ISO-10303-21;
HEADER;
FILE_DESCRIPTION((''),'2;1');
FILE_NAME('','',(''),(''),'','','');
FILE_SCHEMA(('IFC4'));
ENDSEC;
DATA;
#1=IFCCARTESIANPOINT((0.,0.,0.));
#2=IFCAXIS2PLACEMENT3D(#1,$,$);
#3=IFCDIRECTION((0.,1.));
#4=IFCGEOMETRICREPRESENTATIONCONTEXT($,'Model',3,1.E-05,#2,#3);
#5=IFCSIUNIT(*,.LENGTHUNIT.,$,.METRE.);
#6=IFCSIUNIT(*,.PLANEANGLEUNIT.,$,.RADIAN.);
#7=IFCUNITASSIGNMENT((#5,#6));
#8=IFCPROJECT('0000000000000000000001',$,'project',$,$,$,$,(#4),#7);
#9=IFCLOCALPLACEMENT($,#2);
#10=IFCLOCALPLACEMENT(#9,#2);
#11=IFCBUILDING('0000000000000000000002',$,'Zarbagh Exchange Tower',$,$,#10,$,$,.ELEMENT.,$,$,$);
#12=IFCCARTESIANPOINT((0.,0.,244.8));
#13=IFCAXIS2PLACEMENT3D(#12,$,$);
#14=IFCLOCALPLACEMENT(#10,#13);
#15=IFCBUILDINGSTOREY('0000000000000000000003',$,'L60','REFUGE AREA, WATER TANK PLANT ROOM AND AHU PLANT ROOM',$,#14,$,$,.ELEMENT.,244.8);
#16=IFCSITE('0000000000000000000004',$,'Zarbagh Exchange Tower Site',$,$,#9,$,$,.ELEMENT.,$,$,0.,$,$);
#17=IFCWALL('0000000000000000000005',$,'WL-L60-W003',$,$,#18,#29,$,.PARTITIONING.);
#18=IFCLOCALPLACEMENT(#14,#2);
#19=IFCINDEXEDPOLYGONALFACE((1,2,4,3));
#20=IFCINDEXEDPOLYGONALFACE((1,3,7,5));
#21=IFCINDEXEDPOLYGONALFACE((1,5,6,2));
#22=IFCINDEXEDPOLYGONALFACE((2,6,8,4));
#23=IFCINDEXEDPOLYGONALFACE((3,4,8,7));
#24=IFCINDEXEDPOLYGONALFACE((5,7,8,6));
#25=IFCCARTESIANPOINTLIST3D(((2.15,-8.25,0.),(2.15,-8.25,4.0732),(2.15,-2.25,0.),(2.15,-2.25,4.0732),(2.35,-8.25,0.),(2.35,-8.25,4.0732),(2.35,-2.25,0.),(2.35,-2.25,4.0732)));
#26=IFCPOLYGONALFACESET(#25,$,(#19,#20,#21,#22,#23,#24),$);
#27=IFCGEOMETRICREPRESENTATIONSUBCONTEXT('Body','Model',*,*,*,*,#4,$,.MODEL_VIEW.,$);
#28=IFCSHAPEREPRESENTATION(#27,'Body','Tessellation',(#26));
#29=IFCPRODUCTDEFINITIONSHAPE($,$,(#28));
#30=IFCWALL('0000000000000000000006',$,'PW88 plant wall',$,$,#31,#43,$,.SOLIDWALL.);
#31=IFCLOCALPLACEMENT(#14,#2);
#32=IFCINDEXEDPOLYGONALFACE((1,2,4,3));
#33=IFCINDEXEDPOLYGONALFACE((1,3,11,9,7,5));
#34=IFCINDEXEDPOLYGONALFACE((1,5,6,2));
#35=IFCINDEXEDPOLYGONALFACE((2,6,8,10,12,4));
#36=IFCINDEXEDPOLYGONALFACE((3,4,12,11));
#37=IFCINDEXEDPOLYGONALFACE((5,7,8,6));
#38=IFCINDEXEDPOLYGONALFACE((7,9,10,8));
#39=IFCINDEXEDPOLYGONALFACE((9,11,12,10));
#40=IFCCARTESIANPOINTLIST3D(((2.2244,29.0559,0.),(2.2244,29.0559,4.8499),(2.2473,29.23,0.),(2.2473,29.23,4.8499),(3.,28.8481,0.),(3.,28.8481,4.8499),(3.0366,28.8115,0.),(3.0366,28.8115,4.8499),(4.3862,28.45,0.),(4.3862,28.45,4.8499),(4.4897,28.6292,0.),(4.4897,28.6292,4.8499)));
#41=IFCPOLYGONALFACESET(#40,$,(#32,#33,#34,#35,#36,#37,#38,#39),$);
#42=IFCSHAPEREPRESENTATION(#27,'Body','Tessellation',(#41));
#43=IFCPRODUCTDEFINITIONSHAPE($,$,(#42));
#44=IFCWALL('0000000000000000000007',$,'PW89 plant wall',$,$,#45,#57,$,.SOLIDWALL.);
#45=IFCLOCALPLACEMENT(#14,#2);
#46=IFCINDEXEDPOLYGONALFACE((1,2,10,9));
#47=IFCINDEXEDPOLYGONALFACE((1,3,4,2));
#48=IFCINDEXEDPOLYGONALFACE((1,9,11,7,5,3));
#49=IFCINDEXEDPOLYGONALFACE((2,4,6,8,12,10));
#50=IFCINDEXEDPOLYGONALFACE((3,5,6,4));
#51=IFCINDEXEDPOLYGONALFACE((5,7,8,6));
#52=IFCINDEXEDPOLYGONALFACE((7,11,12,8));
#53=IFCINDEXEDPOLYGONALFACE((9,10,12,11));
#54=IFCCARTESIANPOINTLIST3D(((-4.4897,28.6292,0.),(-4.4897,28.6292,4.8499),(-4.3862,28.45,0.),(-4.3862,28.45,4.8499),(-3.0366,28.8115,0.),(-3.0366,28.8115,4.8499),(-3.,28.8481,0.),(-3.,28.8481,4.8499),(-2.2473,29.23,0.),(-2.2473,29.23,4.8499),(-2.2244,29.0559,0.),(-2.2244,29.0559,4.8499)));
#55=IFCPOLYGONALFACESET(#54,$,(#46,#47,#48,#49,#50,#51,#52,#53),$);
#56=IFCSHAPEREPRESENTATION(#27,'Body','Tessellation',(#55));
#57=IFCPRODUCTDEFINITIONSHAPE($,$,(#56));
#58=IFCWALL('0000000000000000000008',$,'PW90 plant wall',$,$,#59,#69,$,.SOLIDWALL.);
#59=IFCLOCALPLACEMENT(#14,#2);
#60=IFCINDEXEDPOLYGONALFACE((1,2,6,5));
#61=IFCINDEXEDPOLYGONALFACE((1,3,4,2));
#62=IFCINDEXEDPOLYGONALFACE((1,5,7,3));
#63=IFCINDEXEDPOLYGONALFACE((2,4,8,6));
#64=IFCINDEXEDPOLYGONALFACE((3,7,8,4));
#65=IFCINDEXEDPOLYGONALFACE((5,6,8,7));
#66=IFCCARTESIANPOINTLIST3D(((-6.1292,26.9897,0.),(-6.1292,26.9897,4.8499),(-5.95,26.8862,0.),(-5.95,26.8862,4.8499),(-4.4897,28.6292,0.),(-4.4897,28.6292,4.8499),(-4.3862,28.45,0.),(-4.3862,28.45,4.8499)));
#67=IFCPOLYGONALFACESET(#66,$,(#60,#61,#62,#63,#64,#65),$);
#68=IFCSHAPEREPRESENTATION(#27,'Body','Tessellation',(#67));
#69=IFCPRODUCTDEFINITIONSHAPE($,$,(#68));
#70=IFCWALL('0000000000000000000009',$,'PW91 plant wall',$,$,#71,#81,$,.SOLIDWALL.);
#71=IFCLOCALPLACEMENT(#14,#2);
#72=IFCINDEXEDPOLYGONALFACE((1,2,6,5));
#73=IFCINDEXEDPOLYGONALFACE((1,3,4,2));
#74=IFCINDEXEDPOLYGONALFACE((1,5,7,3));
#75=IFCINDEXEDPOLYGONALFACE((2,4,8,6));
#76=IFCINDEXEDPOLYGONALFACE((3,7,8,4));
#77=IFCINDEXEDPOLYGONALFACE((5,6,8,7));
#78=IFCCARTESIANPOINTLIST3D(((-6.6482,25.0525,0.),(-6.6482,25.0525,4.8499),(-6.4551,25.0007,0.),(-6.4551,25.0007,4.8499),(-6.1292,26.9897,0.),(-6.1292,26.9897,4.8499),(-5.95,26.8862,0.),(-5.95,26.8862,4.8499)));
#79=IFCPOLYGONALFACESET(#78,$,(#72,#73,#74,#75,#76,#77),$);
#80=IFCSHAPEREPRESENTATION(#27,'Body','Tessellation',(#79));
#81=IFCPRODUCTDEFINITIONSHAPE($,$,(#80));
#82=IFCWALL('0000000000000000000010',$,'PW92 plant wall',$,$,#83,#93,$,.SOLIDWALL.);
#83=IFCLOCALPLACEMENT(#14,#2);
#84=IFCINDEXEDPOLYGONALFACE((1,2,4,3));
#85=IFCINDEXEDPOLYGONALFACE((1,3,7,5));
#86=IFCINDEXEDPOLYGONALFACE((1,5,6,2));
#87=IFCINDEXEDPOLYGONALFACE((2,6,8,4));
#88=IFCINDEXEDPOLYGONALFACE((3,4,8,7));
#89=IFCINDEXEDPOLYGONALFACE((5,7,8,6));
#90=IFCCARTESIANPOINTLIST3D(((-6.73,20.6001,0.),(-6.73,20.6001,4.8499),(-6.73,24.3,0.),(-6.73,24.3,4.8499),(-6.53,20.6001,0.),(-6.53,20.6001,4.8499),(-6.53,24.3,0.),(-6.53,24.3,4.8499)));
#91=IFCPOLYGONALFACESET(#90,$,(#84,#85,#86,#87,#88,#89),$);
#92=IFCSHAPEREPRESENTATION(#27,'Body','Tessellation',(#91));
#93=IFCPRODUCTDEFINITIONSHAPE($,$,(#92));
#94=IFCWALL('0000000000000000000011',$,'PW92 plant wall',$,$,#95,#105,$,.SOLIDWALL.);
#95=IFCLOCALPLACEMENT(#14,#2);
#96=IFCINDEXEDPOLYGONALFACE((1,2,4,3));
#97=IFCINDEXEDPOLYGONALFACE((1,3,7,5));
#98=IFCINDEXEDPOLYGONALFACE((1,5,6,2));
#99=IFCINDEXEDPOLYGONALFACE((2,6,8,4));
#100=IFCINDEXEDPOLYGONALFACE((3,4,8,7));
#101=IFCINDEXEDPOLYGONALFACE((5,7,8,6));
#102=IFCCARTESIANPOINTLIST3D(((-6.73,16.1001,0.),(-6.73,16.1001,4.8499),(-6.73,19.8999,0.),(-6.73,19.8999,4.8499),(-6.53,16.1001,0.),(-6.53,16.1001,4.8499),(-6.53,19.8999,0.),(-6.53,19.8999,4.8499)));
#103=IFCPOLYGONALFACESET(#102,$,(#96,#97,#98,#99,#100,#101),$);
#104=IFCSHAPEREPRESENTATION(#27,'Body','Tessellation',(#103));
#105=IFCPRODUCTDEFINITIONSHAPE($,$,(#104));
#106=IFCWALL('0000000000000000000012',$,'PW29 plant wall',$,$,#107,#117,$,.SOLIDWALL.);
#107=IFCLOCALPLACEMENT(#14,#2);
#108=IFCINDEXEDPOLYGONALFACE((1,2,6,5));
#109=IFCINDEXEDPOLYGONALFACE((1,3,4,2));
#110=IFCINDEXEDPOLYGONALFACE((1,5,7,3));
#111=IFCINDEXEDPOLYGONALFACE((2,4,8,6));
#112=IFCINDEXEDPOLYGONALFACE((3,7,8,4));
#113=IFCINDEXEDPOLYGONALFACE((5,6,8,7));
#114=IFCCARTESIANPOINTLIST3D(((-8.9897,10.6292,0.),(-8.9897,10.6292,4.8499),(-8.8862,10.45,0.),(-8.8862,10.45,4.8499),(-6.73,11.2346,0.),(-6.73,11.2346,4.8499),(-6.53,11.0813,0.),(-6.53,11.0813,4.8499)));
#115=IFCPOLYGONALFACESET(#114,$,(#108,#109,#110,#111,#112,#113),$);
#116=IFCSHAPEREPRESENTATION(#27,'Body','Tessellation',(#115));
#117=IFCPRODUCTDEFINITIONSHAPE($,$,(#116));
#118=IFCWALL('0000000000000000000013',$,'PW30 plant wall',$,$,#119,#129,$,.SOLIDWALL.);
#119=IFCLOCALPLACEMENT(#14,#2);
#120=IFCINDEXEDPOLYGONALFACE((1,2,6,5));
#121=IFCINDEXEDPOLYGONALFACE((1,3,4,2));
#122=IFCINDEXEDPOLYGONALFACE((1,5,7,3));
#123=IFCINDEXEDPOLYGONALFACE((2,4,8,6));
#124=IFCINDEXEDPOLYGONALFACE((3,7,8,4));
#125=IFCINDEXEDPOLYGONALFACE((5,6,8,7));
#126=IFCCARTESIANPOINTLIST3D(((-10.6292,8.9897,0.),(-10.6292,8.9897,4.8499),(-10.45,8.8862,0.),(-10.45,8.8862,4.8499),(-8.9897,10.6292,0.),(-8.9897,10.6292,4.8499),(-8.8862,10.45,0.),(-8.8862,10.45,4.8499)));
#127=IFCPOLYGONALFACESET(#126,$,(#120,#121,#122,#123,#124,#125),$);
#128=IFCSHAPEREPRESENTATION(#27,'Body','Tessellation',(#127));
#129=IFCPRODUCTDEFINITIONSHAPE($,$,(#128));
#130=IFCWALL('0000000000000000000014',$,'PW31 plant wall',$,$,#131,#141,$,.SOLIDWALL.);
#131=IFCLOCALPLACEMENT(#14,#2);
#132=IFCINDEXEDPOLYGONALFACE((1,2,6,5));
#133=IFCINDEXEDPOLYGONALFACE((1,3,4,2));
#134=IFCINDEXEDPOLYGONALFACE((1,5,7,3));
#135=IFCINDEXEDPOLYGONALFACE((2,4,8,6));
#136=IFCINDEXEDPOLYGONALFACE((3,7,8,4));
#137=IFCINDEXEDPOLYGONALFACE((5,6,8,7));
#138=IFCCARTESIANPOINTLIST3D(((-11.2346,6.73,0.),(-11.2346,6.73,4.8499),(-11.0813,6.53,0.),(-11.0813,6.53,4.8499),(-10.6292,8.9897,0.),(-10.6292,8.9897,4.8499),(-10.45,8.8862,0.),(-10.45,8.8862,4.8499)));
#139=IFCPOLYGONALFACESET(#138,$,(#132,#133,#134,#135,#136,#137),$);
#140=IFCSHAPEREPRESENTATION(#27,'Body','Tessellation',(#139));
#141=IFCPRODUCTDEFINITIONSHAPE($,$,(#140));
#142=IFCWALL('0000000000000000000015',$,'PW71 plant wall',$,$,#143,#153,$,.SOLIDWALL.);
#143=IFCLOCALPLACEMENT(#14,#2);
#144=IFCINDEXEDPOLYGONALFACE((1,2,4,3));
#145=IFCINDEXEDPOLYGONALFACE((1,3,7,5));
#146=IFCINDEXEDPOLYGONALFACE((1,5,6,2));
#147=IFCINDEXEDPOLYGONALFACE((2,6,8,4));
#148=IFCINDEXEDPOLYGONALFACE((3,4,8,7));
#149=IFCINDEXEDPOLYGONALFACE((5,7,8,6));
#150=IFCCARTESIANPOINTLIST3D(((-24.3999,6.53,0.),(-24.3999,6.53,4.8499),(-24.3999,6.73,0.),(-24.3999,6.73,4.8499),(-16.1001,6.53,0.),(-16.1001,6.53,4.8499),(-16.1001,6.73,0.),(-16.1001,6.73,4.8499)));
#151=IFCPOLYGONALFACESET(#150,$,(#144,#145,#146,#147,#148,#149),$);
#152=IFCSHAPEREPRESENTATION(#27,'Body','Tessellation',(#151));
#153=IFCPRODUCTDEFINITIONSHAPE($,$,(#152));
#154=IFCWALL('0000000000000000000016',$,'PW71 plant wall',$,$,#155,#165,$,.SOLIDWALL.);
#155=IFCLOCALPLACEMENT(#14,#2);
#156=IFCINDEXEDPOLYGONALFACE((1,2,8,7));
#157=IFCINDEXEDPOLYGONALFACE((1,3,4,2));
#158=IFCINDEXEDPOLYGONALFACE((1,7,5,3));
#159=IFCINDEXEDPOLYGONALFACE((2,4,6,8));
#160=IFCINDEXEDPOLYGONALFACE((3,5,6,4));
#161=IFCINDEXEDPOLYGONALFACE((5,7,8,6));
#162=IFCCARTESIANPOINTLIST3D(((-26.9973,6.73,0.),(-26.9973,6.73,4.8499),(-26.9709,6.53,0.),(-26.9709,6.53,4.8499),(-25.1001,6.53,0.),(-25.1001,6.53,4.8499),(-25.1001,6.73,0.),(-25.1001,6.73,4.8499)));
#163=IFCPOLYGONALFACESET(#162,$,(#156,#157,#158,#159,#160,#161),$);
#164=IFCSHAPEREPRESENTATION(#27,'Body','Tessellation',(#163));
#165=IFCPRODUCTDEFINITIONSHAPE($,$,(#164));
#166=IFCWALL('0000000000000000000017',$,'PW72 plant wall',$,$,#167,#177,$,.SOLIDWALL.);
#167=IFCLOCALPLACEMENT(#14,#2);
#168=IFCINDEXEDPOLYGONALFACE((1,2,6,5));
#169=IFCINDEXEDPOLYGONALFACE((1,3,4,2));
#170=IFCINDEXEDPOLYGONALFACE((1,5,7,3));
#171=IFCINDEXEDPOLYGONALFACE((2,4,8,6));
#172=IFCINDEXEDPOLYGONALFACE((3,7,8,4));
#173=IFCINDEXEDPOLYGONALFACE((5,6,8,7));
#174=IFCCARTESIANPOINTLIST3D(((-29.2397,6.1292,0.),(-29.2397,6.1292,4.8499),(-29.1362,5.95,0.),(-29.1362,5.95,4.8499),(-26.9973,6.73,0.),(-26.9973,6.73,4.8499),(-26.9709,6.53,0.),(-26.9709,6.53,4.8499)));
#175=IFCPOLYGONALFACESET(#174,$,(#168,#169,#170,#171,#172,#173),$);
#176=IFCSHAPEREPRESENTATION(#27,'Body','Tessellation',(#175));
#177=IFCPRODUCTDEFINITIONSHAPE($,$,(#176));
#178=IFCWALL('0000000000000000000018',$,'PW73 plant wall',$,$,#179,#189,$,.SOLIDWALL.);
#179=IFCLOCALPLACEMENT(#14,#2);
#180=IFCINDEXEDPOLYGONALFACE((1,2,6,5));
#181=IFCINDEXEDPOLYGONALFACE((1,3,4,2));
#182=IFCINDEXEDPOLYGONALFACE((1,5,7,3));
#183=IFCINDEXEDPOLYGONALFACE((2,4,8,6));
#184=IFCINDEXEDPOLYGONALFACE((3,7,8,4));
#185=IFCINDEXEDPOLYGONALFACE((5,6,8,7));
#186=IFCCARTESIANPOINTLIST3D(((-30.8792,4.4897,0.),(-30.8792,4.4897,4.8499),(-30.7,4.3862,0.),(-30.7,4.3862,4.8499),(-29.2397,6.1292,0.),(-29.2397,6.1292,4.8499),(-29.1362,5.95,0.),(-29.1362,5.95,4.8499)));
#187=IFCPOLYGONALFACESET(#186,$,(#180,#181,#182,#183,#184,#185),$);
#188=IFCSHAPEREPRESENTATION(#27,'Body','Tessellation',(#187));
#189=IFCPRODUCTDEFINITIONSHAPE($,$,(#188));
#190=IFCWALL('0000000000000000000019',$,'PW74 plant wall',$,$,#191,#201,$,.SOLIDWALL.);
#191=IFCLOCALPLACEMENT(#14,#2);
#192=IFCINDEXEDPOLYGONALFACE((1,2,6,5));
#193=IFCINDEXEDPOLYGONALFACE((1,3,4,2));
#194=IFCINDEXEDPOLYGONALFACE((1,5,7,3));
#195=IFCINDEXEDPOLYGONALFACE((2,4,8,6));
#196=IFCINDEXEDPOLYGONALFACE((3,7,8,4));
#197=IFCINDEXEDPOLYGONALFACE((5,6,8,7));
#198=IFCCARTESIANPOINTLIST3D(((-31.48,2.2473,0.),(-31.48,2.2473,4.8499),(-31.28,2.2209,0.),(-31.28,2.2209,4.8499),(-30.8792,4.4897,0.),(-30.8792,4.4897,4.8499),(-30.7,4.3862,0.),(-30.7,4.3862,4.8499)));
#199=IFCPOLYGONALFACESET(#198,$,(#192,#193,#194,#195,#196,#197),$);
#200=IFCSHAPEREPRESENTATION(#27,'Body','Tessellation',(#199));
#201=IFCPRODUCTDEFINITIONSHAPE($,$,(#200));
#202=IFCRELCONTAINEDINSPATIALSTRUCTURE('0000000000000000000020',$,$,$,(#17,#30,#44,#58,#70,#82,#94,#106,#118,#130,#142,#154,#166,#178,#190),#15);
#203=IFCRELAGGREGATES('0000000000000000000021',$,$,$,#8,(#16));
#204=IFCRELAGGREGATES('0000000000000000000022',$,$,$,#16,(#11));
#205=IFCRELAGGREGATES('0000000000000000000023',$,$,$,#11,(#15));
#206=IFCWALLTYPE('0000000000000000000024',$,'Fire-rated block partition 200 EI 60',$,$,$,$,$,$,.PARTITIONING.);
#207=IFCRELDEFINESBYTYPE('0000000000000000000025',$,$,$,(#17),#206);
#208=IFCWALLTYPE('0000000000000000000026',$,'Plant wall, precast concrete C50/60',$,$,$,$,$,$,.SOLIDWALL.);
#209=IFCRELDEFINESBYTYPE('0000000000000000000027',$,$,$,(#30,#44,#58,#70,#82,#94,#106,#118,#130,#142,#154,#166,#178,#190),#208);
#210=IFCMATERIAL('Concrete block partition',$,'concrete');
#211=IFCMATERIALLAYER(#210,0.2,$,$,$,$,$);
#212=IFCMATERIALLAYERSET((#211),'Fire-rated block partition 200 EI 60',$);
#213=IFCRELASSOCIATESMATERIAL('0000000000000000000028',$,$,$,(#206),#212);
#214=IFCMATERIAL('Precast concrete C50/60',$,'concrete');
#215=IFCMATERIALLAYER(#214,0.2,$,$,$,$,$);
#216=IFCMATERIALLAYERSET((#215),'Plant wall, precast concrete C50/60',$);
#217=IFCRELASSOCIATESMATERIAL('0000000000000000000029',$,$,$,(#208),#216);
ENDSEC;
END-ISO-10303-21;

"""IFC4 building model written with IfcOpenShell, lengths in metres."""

from ifc_helpers import new_model, si_unit, direction, frame, frame_2d, origin, place, context, subcontext, project, spatial, polyline, rectangle, outline, extrude, material, layer, layer_set, type_object, element, save


model = new_model("IFC4")

# Units and contexts
model_context = context("Model", 3, precision=1e-05, world=origin(), true_north=direction((0.0, 1.0)))
body_context = subcontext(model_context, "Body", "Model", "MODEL_VIEW")
ifc_project = project(units=[si_unit("LENGTHUNIT", "METRE"), si_unit("PLANEANGLEUNIT", "RADIAN")], contexts=[model_context])

# Site, building, storey
site_placement = place(None, origin())
site = spatial("IfcSite", under=ifc_project, at=site_placement, Name="Zarbagh Exchange Tower Site", CompositionType="ELEMENT", RefElevation=0.0)
building_placement = place(site_placement, origin())
building = spatial("IfcBuilding", under=site, at=building_placement, Name="Zarbagh Exchange Tower", CompositionType="ELEMENT")
storey_placement = place(building_placement, frame((0.0, 0.0, 244.8)))
storey = spatial("IfcBuildingStorey", under=building, at=storey_placement, Name="L60", Description="REFUGE AREA, WATER TANK PLANT ROOM AND AHU PLANT ROOM", CompositionType="ELEMENT", Elevation=244.8)

# Walls
ifc_material_1 = material(Name="Concrete block partition", Category="concrete")
ifc_layer_1 = layer(ifc_material_1, 0.2)
ifc_layer_set_1 = layer_set([ifc_layer_1], Name="Fire-rated block partition 200 EI 60")
wall_type_1 = type_object("IfcWallType", Name="Fire-rated block partition 200 EI 60", PredefinedType="PARTITIONING", material=ifc_layer_set_1)
wall_1_placement = place(storey_placement, frame((2.25, -2.25, 0.0), z_axis=(0.0, 0.0, 1.0), x_axis=(0.0, -1.0, 0.0)))
element("IfcWall", 1, at=wall_1_placement, inside=storey, type_object=wall_type_1, Name="WL-L60-W003", PredefinedType="PARTITIONING", context=body_context, shape_type="SweptSolid", body=[
    extrude(rectangle(XDim=6.0, YDim=0.2, at=frame_2d((3.0, 0.0))), origin(), (0.0, 0.0, 1.0), 4.0732),
])
ifc_material_2 = material(Name="Precast concrete C50/60", Category="concrete")
ifc_layer_2 = layer(ifc_material_2, 0.2)
ifc_layer_set_2 = layer_set([ifc_layer_2], Name="Plant wall, precast concrete C50/60")
wall_type_2 = type_object("IfcWallType", Name="Plant wall, precast concrete C50/60", PredefinedType="SOLIDWALL", material=ifc_layer_set_2)
wall_2_placement = place(storey_placement, origin())
element("IfcWall", 2, at=wall_2_placement, inside=storey, type_object=wall_type_2, Name="PW88 plant wall", PredefinedType="SOLIDWALL", context=body_context, shape_type="SweptSolid", body=[
    extrude(outline(polyline([(2.2473, 29.23), (2.2244, 29.0559), (3.0, 28.8481), (3.0366, 28.8115), (4.3862, 28.45), (4.4897, 28.6292), (2.2473, 29.23)])), origin(), (0.0, 0.0, 1.0), 4.8499),
])
wall_3_placement = place(storey_placement, origin())
element("IfcWall", 3, at=wall_3_placement, inside=storey, type_object=wall_type_2, Name="PW89 plant wall", PredefinedType="SOLIDWALL", context=body_context, shape_type="SweptSolid", body=[
    extrude(outline(polyline([(-4.3862, 28.45), (-3.0366, 28.8115), (-3.0, 28.8481), (-2.2244, 29.0559), (-2.2473, 29.23), (-4.4897, 28.6292), (-4.3862, 28.45)])), origin(), (0.0, 0.0, 1.0), 4.8499),
])
wall_4_placement = place(storey_placement, origin())
element("IfcWall", 4, at=wall_4_placement, inside=storey, type_object=wall_type_2, Name="PW90 plant wall", PredefinedType="SOLIDWALL", context=body_context, shape_type="SweptSolid", body=[
    extrude(outline(polyline([(-4.4897, 28.6292), (-6.1292, 26.9897), (-5.95, 26.8862), (-4.3862, 28.45), (-4.4897, 28.6292)])), origin(), (0.0, 0.0, 1.0), 4.8499),
])
wall_5_placement = place(storey_placement, origin())
element("IfcWall", 5, at=wall_5_placement, inside=storey, type_object=wall_type_2, Name="PW91 plant wall", PredefinedType="SOLIDWALL", context=body_context, shape_type="SweptSolid", body=[
    extrude(outline(polyline([(-6.1292, 26.9897), (-6.6482, 25.0525), (-6.4551, 25.0007), (-5.95, 26.8862), (-6.1292, 26.9897)])), origin(), (0.0, 0.0, 1.0), 4.8499),
])
wall_6_placement = place(storey_placement, origin())
element("IfcWall", 6, at=wall_6_placement, inside=storey, type_object=wall_type_2, Name="PW92 plant wall", PredefinedType="SOLIDWALL", context=body_context, shape_type="SweptSolid", body=[
    extrude(outline(polyline([(-6.73, 24.3), (-6.73, 20.6001), (-6.53, 20.6001), (-6.53, 24.3), (-6.73, 24.3)])), origin(), (0.0, 0.0, 1.0), 4.8499),
])
wall_7_placement = place(storey_placement, origin())
element("IfcWall", 7, at=wall_7_placement, inside=storey, type_object=wall_type_2, Name="PW92 plant wall", PredefinedType="SOLIDWALL", context=body_context, shape_type="SweptSolid", body=[
    extrude(outline(polyline([(-6.73, 19.8999), (-6.73, 16.1001), (-6.53, 16.1001), (-6.53, 19.8999), (-6.73, 19.8999)])), origin(), (0.0, 0.0, 1.0), 4.8499),
])
wall_8_placement = place(storey_placement, origin())
element("IfcWall", 8, at=wall_8_placement, inside=storey, type_object=wall_type_2, Name="PW29 plant wall", PredefinedType="SOLIDWALL", context=body_context, shape_type="SweptSolid", body=[
    extrude(outline(polyline([(-6.73, 11.2346), (-8.9897, 10.6292), (-8.8862, 10.45), (-6.53, 11.0813), (-6.73, 11.2346)])), origin(), (0.0, 0.0, 1.0), 4.8499),
])
wall_9_placement = place(storey_placement, origin())
element("IfcWall", 9, at=wall_9_placement, inside=storey, type_object=wall_type_2, Name="PW30 plant wall", PredefinedType="SOLIDWALL", context=body_context, shape_type="SweptSolid", body=[
    extrude(outline(polyline([(-8.9897, 10.6292), (-10.6292, 8.9897), (-10.45, 8.8862), (-8.8862, 10.45), (-8.9897, 10.6292)])), origin(), (0.0, 0.0, 1.0), 4.8499),
])
wall_10_placement = place(storey_placement, origin())
element("IfcWall", 10, at=wall_10_placement, inside=storey, type_object=wall_type_2, Name="PW31 plant wall", PredefinedType="SOLIDWALL", context=body_context, shape_type="SweptSolid", body=[
    extrude(outline(polyline([(-10.6292, 8.9897), (-11.2346, 6.73), (-11.0813, 6.53), (-10.45, 8.8862), (-10.6292, 8.9897)])), origin(), (0.0, 0.0, 1.0), 4.8499),
])
wall_11_placement = place(storey_placement, origin())
element("IfcWall", 11, at=wall_11_placement, inside=storey, type_object=wall_type_2, Name="PW71 plant wall", PredefinedType="SOLIDWALL", context=body_context, shape_type="SweptSolid", body=[
    extrude(outline(polyline([(-16.1001, 6.73), (-24.3999, 6.73), (-24.3999, 6.53), (-16.1001, 6.53), (-16.1001, 6.73)])), origin(), (0.0, 0.0, 1.0), 4.8499),
])
wall_12_placement = place(storey_placement, origin())
element("IfcWall", 12, at=wall_12_placement, inside=storey, type_object=wall_type_2, Name="PW71 plant wall", PredefinedType="SOLIDWALL", context=body_context, shape_type="SweptSolid", body=[
    extrude(outline(polyline([(-25.1001, 6.73), (-26.9973, 6.73), (-26.9709, 6.53), (-25.1001, 6.53), (-25.1001, 6.73)])), origin(), (0.0, 0.0, 1.0), 4.8499),
])
wall_13_placement = place(storey_placement, origin())
element("IfcWall", 13, at=wall_13_placement, inside=storey, type_object=wall_type_2, Name="PW72 plant wall", PredefinedType="SOLIDWALL", context=body_context, shape_type="SweptSolid", body=[
    extrude(outline(polyline([(-26.9973, 6.73), (-29.2397, 6.1292), (-29.1362, 5.95), (-26.9709, 6.53), (-26.9973, 6.73)])), origin(), (0.0, 0.0, 1.0), 4.8499),
])
wall_14_placement = place(storey_placement, origin())
element("IfcWall", 14, at=wall_14_placement, inside=storey, type_object=wall_type_2, Name="PW73 plant wall", PredefinedType="SOLIDWALL", context=body_context, shape_type="SweptSolid", body=[
    extrude(outline(polyline([(-29.2397, 6.1292), (-30.8792, 4.4897), (-30.7, 4.3862), (-29.1362, 5.95), (-29.2397, 6.1292)])), origin(), (0.0, 0.0, 1.0), 4.8499),
])
wall_15_placement = place(storey_placement, origin())
element("IfcWall", 15, at=wall_15_placement, inside=storey, type_object=wall_type_2, Name="PW74 plant wall", PredefinedType="SOLIDWALL", context=body_context, shape_type="SweptSolid", body=[
    extrude(outline(polyline([(-30.8792, 4.4897), (-31.48, 2.2473), (-31.28, 2.2209), (-30.7, 4.3862), (-30.8792, 4.4897)])), origin(), (0.0, 0.0, 1.0), 4.8499),
])

save(model, "model.ifc")
